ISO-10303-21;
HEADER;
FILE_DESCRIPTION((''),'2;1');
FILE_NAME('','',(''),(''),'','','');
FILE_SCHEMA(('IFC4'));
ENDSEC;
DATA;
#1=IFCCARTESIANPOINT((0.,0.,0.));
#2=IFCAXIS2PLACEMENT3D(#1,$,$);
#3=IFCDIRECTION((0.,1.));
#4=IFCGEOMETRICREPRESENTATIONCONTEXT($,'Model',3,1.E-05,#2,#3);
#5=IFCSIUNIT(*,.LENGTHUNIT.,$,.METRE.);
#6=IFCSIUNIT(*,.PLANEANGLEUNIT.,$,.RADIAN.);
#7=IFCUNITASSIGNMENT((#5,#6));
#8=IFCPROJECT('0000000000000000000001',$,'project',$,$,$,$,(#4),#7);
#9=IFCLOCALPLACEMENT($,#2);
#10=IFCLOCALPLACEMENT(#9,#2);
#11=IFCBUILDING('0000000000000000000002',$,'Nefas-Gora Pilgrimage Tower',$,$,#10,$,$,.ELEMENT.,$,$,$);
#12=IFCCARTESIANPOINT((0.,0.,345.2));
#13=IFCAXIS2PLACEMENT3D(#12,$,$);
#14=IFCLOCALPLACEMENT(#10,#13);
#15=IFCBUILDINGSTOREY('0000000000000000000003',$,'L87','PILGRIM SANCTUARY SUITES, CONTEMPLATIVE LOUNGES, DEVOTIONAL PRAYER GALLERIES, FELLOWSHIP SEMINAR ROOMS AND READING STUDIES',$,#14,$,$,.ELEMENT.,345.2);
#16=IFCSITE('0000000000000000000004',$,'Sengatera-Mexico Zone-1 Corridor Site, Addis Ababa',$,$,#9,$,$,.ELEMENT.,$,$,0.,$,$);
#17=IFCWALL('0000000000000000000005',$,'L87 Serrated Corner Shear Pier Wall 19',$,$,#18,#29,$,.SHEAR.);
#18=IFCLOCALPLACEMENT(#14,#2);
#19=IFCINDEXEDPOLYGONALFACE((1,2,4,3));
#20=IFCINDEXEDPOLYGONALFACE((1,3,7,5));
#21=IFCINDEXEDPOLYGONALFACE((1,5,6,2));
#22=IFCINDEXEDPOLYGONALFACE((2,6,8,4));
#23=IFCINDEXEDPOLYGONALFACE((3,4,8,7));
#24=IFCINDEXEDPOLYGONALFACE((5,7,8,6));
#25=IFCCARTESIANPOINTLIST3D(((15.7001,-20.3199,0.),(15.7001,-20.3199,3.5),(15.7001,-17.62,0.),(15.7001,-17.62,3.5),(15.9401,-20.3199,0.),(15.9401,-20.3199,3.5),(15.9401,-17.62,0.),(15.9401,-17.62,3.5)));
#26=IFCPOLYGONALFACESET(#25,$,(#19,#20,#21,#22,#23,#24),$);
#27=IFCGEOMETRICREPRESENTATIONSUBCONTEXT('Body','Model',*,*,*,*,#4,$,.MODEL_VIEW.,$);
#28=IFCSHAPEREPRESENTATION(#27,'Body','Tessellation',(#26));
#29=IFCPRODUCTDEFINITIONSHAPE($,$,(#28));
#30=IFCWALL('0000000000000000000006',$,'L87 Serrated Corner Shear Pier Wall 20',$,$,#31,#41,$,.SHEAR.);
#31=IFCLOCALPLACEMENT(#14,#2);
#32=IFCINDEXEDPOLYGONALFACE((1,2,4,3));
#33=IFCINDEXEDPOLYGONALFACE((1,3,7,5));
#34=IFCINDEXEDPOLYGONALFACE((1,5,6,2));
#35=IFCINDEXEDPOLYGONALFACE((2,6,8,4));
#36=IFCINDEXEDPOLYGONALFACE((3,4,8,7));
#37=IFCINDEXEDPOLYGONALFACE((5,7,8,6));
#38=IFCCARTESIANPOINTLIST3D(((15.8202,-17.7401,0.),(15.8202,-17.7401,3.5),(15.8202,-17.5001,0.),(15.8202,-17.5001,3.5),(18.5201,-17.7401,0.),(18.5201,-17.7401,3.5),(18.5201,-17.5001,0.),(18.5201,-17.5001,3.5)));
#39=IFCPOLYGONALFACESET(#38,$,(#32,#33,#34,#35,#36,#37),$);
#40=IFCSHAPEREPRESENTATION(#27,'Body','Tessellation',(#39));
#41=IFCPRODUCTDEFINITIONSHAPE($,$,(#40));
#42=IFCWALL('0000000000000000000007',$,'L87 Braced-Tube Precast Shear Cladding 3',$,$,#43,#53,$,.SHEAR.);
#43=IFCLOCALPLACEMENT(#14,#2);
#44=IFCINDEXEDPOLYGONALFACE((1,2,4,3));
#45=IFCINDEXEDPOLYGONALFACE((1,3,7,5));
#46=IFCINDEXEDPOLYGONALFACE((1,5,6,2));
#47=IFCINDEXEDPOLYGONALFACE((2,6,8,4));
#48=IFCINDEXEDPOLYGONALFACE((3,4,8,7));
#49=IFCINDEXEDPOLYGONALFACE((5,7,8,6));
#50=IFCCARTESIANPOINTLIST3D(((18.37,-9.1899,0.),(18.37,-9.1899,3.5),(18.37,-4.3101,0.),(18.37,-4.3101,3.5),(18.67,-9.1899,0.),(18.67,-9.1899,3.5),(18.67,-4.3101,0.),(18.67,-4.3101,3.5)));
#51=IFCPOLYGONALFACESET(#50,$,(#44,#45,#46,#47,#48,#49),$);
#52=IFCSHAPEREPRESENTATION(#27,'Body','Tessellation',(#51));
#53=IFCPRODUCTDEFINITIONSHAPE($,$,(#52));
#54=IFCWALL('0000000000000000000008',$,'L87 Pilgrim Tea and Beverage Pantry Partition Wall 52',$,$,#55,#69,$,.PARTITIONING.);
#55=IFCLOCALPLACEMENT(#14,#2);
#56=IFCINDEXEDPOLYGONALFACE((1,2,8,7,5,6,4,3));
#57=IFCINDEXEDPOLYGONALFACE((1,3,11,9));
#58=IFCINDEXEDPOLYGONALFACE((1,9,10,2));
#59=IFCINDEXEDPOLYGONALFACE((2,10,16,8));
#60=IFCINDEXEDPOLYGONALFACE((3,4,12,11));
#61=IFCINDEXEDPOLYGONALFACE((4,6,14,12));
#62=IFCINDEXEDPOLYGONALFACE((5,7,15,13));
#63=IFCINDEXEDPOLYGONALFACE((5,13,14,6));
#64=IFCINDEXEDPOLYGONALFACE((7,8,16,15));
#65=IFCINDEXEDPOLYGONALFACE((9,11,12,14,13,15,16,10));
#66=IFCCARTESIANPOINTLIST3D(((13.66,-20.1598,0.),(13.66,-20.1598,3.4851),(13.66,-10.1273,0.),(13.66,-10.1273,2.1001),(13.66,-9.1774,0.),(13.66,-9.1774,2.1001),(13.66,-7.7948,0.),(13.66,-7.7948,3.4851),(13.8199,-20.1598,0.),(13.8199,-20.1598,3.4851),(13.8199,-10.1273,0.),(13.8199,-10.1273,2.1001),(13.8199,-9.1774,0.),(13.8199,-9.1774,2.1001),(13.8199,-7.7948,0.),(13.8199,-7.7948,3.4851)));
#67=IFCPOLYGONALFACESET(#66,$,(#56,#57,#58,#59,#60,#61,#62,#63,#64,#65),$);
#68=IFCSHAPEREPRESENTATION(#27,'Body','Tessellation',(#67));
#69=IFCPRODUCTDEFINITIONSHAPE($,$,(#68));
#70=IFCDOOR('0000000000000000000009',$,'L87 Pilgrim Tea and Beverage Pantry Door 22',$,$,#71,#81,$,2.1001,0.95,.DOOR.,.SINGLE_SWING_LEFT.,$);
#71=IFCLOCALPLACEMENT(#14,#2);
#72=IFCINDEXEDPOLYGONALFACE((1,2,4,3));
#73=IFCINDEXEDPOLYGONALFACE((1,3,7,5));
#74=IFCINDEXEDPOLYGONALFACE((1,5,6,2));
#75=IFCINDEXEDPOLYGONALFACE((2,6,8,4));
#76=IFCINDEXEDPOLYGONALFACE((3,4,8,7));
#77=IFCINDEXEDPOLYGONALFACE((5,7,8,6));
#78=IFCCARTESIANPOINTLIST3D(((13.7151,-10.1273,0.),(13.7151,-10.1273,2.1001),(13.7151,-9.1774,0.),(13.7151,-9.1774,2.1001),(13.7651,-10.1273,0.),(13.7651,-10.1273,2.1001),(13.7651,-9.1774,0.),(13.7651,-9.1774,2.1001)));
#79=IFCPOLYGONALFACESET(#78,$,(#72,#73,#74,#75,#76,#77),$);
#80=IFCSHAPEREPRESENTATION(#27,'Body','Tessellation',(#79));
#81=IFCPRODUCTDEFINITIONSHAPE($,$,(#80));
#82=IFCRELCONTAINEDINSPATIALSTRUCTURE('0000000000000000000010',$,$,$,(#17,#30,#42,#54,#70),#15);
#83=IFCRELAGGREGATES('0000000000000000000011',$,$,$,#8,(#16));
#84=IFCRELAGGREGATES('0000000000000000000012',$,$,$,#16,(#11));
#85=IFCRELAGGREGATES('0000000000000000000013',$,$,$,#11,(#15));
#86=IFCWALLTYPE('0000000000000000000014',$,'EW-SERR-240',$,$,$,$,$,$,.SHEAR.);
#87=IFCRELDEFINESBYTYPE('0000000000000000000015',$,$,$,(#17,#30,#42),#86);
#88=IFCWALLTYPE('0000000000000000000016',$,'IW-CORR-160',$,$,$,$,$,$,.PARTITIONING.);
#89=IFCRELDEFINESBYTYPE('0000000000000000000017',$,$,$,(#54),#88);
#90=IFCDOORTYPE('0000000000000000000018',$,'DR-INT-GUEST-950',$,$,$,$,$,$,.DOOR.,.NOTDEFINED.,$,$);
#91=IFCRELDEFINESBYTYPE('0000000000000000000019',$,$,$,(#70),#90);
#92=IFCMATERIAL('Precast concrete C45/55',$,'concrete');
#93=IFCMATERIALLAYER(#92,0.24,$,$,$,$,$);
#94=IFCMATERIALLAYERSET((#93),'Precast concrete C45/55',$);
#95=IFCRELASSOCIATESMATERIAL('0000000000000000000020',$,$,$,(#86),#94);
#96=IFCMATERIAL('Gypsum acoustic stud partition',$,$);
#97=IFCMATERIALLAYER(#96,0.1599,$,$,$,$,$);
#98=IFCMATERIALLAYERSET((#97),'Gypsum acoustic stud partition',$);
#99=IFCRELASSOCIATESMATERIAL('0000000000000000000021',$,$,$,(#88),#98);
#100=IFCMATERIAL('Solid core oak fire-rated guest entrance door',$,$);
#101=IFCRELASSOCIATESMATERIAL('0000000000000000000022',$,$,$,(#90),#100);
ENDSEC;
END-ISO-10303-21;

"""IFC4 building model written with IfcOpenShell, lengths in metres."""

from ifc_helpers import new_model, si_unit, direction, frame, frame_2d, origin, place, context, subcontext, project, spatial, rectangle, extrude, source, transform, mapped, material, layer, layer_set, type_object, element, fill, save


model = new_model("IFC4")

# Units and contexts
model_context = context("Model", 3, precision=1e-05, world=origin(), true_north=direction((0.0, 1.0)))
body_context = subcontext(model_context, "Body", "Model", "MODEL_VIEW")
ifc_project = project(units=[si_unit("LENGTHUNIT", "METRE"), si_unit("PLANEANGLEUNIT", "RADIAN")], contexts=[model_context])

# Site, building, storey
site_placement = place(None, origin())
site = spatial("IfcSite", under=ifc_project, at=site_placement, Name="Sengatera-Mexico Zone-1 Corridor Site, Addis Ababa", CompositionType="ELEMENT", RefElevation=0.0)
building_placement = place(site_placement, origin())
building = spatial("IfcBuilding", under=site, at=building_placement, Name="Nefas-Gora Pilgrimage Tower", CompositionType="ELEMENT")
storey_placement = place(building_placement, frame((0.0, 0.0, 345.2)))
storey = spatial("IfcBuildingStorey", under=building, at=storey_placement, Name="L87", Description="PILGRIM SANCTUARY SUITES, CONTEMPLATIVE LOUNGES, DEVOTIONAL PRAYER GALLERIES, FELLOWSHIP SEMINAR ROOMS AND READING STUDIES", CompositionType="ELEMENT", Elevation=345.2)

# Walls
ifc_material_1 = material(Name="Precast concrete C45/55", Category="concrete")
ifc_layer_1 = layer(ifc_material_1, 0.24)
ifc_layer_set_1 = layer_set([ifc_layer_1], Name="Precast concrete C45/55")
wall_type_1 = type_object("IfcWallType", Name="EW-SERR-240", PredefinedType="SHEAR", material=ifc_layer_set_1)
shared_shape_1 = source(origin(), body_context, "Body", "SweptSolid", [
    extrude(rectangle(XDim=2.7, YDim=0.24, at=frame_2d((1.3501, 0.0))), origin(), (0.0, 0.0, 1.0), 3.5),
])
for number, where, z_axis, x_axis, name in (
    (1, (15.8201, -20.3201, 0.0), (0.0, 0.0, 1.0), (0.0, 1.0, 0.0), "L87 Serrated Corner Shear Pier Wall 19"),
    (2, (15.8201, -17.6201, 0.0), (0.0, 0.0, 1.0), (1.0, 0.0, 0.0), "L87 Serrated Corner Shear Pier Wall 20"),
):
    element("IfcWall", number, at=place(storey_placement, frame(where, z_axis=z_axis, x_axis=x_axis)), inside=storey, type_object=wall_type_1, Name=name, PredefinedType="SHEAR", context=body_context, shape_type="MappedRepresentation", body=[
        mapped(shared_shape_1, transform((0.0, 0.0, 0.0), x_axis=(1.0, 0.0, 0.0), y_axis=(0.0, 1.0, 0.0), z_axis=(0.0, 0.0, 1.0), scale=1.0)),
    ])
shared_shape_2 = source(origin(), body_context, "Body", "SweptSolid", [
    extrude(rectangle(XDim=4.8799, YDim=0.3, at=frame_2d((2.4399, 0.0))), origin(), (0.0, 0.0, 1.0), 3.5),
])
wall_1_placement = place(storey_placement, frame((18.52, -9.1899, 0.0), z_axis=(0.0, 0.0, 1.0), x_axis=(0.0, 1.0, 0.0)))
element("IfcWall", 3, at=wall_1_placement, inside=storey, type_object=wall_type_1, Name="L87 Braced-Tube Precast Shear Cladding 3", PredefinedType="SHEAR", context=body_context, shape_type="MappedRepresentation", body=[
    mapped(shared_shape_2, transform((0.0, 0.0, 0.0), x_axis=(1.0, 0.0, 0.0), y_axis=(0.0, 1.0, 0.0), z_axis=(0.0, 0.0, 1.0), scale=1.0)),
])

# Wall, opening, door
ifc_material_2 = material(Name="Gypsum acoustic stud partition")
ifc_layer_2 = layer(ifc_material_2, 0.1599)
ifc_layer_set_2 = layer_set([ifc_layer_2], Name="Gypsum acoustic stud partition")
wall_type_2 = type_object("IfcWallType", Name="IW-CORR-160", PredefinedType="PARTITIONING", material=ifc_layer_set_2)
shared_shape_3 = source(origin(), body_context, "Body", "SweptSolid", [
    extrude(rectangle(XDim=12.365, YDim=0.1599, at=frame_2d((6.1826, 0.0))), origin(), (0.0, 0.0, 1.0), 3.4851),
])
wall_2_placement = place(storey_placement, frame((13.74, -20.1599, 0.0), z_axis=(0.0, 0.0, 1.0), x_axis=(0.0, 1.0, 0.0)))
wall_2 = element("IfcWall", 4, at=wall_2_placement, inside=storey, type_object=wall_type_2, Name="L87 Pilgrim Tea and Beverage Pantry Partition Wall 52", PredefinedType="PARTITIONING", context=body_context, shape_type="MappedRepresentation", body=[
    mapped(shared_shape_3, transform((0.0, 0.0, 0.0), x_axis=(1.0, 0.0, 0.0), y_axis=(0.0, 1.0, 0.0), z_axis=(0.0, 0.0, 1.0), scale=1.0)),
])
opening_placement = place(wall_2_placement, frame((10.0325, 0.0, 0.0)))
opening = element("IfcOpeningElement", 5, at=opening_placement, cuts=wall_2, PredefinedType="OPENING", context=body_context, shape_type="SweptSolid", body=[
    extrude(rectangle(XDim=0.95, YDim=2.1001, at=frame_2d((0.4751, 1.05))), frame((0.0, 0.0898, 0.0), z_axis=(0.0, -1.0, 0.0), x_axis=(1.0, 0.0, 0.0)), (0.0, 0.0, 1.0), 0.1799),
])
ifc_material_3 = material(Name="Solid core oak fire-rated guest entrance door")
door_type = type_object("IfcDoorType", Name="DR-INT-GUEST-950", OperationType="NOTDEFINED", PredefinedType="DOOR", material=ifc_material_3)
shared_shape_4 = source(origin(), body_context, "Body", "SweptSolid", [
    extrude(rectangle(XDim=0.95, YDim=2.1001, at=frame_2d((0.4751, 1.05))), frame((0.0, 0.0249, 0.0), z_axis=(0.0, -1.0, 0.0), x_axis=(1.0, 0.0, 0.0)), (0.0, 0.0, 1.0), 0.05),
])
door_placement = place(opening_placement, origin())
door = element("IfcDoor", 6, at=door_placement, inside=storey, type_object=door_type, Name="L87 Pilgrim Tea and Beverage Pantry Door 22", OperationType="SINGLE_SWING_LEFT", OverallHeight=2.1001, OverallWidth=0.95, PredefinedType="DOOR", context=body_context, shape_type="MappedRepresentation", body=[
    mapped(shared_shape_4, transform((0.0, 0.0, 0.0), x_axis=(1.0, 0.0, 0.0), y_axis=(0.0, 1.0, 0.0), z_axis=(0.0, 0.0, 1.0), scale=1.0)),
])
fill(opening, door)

save(model, "model.ifc")
